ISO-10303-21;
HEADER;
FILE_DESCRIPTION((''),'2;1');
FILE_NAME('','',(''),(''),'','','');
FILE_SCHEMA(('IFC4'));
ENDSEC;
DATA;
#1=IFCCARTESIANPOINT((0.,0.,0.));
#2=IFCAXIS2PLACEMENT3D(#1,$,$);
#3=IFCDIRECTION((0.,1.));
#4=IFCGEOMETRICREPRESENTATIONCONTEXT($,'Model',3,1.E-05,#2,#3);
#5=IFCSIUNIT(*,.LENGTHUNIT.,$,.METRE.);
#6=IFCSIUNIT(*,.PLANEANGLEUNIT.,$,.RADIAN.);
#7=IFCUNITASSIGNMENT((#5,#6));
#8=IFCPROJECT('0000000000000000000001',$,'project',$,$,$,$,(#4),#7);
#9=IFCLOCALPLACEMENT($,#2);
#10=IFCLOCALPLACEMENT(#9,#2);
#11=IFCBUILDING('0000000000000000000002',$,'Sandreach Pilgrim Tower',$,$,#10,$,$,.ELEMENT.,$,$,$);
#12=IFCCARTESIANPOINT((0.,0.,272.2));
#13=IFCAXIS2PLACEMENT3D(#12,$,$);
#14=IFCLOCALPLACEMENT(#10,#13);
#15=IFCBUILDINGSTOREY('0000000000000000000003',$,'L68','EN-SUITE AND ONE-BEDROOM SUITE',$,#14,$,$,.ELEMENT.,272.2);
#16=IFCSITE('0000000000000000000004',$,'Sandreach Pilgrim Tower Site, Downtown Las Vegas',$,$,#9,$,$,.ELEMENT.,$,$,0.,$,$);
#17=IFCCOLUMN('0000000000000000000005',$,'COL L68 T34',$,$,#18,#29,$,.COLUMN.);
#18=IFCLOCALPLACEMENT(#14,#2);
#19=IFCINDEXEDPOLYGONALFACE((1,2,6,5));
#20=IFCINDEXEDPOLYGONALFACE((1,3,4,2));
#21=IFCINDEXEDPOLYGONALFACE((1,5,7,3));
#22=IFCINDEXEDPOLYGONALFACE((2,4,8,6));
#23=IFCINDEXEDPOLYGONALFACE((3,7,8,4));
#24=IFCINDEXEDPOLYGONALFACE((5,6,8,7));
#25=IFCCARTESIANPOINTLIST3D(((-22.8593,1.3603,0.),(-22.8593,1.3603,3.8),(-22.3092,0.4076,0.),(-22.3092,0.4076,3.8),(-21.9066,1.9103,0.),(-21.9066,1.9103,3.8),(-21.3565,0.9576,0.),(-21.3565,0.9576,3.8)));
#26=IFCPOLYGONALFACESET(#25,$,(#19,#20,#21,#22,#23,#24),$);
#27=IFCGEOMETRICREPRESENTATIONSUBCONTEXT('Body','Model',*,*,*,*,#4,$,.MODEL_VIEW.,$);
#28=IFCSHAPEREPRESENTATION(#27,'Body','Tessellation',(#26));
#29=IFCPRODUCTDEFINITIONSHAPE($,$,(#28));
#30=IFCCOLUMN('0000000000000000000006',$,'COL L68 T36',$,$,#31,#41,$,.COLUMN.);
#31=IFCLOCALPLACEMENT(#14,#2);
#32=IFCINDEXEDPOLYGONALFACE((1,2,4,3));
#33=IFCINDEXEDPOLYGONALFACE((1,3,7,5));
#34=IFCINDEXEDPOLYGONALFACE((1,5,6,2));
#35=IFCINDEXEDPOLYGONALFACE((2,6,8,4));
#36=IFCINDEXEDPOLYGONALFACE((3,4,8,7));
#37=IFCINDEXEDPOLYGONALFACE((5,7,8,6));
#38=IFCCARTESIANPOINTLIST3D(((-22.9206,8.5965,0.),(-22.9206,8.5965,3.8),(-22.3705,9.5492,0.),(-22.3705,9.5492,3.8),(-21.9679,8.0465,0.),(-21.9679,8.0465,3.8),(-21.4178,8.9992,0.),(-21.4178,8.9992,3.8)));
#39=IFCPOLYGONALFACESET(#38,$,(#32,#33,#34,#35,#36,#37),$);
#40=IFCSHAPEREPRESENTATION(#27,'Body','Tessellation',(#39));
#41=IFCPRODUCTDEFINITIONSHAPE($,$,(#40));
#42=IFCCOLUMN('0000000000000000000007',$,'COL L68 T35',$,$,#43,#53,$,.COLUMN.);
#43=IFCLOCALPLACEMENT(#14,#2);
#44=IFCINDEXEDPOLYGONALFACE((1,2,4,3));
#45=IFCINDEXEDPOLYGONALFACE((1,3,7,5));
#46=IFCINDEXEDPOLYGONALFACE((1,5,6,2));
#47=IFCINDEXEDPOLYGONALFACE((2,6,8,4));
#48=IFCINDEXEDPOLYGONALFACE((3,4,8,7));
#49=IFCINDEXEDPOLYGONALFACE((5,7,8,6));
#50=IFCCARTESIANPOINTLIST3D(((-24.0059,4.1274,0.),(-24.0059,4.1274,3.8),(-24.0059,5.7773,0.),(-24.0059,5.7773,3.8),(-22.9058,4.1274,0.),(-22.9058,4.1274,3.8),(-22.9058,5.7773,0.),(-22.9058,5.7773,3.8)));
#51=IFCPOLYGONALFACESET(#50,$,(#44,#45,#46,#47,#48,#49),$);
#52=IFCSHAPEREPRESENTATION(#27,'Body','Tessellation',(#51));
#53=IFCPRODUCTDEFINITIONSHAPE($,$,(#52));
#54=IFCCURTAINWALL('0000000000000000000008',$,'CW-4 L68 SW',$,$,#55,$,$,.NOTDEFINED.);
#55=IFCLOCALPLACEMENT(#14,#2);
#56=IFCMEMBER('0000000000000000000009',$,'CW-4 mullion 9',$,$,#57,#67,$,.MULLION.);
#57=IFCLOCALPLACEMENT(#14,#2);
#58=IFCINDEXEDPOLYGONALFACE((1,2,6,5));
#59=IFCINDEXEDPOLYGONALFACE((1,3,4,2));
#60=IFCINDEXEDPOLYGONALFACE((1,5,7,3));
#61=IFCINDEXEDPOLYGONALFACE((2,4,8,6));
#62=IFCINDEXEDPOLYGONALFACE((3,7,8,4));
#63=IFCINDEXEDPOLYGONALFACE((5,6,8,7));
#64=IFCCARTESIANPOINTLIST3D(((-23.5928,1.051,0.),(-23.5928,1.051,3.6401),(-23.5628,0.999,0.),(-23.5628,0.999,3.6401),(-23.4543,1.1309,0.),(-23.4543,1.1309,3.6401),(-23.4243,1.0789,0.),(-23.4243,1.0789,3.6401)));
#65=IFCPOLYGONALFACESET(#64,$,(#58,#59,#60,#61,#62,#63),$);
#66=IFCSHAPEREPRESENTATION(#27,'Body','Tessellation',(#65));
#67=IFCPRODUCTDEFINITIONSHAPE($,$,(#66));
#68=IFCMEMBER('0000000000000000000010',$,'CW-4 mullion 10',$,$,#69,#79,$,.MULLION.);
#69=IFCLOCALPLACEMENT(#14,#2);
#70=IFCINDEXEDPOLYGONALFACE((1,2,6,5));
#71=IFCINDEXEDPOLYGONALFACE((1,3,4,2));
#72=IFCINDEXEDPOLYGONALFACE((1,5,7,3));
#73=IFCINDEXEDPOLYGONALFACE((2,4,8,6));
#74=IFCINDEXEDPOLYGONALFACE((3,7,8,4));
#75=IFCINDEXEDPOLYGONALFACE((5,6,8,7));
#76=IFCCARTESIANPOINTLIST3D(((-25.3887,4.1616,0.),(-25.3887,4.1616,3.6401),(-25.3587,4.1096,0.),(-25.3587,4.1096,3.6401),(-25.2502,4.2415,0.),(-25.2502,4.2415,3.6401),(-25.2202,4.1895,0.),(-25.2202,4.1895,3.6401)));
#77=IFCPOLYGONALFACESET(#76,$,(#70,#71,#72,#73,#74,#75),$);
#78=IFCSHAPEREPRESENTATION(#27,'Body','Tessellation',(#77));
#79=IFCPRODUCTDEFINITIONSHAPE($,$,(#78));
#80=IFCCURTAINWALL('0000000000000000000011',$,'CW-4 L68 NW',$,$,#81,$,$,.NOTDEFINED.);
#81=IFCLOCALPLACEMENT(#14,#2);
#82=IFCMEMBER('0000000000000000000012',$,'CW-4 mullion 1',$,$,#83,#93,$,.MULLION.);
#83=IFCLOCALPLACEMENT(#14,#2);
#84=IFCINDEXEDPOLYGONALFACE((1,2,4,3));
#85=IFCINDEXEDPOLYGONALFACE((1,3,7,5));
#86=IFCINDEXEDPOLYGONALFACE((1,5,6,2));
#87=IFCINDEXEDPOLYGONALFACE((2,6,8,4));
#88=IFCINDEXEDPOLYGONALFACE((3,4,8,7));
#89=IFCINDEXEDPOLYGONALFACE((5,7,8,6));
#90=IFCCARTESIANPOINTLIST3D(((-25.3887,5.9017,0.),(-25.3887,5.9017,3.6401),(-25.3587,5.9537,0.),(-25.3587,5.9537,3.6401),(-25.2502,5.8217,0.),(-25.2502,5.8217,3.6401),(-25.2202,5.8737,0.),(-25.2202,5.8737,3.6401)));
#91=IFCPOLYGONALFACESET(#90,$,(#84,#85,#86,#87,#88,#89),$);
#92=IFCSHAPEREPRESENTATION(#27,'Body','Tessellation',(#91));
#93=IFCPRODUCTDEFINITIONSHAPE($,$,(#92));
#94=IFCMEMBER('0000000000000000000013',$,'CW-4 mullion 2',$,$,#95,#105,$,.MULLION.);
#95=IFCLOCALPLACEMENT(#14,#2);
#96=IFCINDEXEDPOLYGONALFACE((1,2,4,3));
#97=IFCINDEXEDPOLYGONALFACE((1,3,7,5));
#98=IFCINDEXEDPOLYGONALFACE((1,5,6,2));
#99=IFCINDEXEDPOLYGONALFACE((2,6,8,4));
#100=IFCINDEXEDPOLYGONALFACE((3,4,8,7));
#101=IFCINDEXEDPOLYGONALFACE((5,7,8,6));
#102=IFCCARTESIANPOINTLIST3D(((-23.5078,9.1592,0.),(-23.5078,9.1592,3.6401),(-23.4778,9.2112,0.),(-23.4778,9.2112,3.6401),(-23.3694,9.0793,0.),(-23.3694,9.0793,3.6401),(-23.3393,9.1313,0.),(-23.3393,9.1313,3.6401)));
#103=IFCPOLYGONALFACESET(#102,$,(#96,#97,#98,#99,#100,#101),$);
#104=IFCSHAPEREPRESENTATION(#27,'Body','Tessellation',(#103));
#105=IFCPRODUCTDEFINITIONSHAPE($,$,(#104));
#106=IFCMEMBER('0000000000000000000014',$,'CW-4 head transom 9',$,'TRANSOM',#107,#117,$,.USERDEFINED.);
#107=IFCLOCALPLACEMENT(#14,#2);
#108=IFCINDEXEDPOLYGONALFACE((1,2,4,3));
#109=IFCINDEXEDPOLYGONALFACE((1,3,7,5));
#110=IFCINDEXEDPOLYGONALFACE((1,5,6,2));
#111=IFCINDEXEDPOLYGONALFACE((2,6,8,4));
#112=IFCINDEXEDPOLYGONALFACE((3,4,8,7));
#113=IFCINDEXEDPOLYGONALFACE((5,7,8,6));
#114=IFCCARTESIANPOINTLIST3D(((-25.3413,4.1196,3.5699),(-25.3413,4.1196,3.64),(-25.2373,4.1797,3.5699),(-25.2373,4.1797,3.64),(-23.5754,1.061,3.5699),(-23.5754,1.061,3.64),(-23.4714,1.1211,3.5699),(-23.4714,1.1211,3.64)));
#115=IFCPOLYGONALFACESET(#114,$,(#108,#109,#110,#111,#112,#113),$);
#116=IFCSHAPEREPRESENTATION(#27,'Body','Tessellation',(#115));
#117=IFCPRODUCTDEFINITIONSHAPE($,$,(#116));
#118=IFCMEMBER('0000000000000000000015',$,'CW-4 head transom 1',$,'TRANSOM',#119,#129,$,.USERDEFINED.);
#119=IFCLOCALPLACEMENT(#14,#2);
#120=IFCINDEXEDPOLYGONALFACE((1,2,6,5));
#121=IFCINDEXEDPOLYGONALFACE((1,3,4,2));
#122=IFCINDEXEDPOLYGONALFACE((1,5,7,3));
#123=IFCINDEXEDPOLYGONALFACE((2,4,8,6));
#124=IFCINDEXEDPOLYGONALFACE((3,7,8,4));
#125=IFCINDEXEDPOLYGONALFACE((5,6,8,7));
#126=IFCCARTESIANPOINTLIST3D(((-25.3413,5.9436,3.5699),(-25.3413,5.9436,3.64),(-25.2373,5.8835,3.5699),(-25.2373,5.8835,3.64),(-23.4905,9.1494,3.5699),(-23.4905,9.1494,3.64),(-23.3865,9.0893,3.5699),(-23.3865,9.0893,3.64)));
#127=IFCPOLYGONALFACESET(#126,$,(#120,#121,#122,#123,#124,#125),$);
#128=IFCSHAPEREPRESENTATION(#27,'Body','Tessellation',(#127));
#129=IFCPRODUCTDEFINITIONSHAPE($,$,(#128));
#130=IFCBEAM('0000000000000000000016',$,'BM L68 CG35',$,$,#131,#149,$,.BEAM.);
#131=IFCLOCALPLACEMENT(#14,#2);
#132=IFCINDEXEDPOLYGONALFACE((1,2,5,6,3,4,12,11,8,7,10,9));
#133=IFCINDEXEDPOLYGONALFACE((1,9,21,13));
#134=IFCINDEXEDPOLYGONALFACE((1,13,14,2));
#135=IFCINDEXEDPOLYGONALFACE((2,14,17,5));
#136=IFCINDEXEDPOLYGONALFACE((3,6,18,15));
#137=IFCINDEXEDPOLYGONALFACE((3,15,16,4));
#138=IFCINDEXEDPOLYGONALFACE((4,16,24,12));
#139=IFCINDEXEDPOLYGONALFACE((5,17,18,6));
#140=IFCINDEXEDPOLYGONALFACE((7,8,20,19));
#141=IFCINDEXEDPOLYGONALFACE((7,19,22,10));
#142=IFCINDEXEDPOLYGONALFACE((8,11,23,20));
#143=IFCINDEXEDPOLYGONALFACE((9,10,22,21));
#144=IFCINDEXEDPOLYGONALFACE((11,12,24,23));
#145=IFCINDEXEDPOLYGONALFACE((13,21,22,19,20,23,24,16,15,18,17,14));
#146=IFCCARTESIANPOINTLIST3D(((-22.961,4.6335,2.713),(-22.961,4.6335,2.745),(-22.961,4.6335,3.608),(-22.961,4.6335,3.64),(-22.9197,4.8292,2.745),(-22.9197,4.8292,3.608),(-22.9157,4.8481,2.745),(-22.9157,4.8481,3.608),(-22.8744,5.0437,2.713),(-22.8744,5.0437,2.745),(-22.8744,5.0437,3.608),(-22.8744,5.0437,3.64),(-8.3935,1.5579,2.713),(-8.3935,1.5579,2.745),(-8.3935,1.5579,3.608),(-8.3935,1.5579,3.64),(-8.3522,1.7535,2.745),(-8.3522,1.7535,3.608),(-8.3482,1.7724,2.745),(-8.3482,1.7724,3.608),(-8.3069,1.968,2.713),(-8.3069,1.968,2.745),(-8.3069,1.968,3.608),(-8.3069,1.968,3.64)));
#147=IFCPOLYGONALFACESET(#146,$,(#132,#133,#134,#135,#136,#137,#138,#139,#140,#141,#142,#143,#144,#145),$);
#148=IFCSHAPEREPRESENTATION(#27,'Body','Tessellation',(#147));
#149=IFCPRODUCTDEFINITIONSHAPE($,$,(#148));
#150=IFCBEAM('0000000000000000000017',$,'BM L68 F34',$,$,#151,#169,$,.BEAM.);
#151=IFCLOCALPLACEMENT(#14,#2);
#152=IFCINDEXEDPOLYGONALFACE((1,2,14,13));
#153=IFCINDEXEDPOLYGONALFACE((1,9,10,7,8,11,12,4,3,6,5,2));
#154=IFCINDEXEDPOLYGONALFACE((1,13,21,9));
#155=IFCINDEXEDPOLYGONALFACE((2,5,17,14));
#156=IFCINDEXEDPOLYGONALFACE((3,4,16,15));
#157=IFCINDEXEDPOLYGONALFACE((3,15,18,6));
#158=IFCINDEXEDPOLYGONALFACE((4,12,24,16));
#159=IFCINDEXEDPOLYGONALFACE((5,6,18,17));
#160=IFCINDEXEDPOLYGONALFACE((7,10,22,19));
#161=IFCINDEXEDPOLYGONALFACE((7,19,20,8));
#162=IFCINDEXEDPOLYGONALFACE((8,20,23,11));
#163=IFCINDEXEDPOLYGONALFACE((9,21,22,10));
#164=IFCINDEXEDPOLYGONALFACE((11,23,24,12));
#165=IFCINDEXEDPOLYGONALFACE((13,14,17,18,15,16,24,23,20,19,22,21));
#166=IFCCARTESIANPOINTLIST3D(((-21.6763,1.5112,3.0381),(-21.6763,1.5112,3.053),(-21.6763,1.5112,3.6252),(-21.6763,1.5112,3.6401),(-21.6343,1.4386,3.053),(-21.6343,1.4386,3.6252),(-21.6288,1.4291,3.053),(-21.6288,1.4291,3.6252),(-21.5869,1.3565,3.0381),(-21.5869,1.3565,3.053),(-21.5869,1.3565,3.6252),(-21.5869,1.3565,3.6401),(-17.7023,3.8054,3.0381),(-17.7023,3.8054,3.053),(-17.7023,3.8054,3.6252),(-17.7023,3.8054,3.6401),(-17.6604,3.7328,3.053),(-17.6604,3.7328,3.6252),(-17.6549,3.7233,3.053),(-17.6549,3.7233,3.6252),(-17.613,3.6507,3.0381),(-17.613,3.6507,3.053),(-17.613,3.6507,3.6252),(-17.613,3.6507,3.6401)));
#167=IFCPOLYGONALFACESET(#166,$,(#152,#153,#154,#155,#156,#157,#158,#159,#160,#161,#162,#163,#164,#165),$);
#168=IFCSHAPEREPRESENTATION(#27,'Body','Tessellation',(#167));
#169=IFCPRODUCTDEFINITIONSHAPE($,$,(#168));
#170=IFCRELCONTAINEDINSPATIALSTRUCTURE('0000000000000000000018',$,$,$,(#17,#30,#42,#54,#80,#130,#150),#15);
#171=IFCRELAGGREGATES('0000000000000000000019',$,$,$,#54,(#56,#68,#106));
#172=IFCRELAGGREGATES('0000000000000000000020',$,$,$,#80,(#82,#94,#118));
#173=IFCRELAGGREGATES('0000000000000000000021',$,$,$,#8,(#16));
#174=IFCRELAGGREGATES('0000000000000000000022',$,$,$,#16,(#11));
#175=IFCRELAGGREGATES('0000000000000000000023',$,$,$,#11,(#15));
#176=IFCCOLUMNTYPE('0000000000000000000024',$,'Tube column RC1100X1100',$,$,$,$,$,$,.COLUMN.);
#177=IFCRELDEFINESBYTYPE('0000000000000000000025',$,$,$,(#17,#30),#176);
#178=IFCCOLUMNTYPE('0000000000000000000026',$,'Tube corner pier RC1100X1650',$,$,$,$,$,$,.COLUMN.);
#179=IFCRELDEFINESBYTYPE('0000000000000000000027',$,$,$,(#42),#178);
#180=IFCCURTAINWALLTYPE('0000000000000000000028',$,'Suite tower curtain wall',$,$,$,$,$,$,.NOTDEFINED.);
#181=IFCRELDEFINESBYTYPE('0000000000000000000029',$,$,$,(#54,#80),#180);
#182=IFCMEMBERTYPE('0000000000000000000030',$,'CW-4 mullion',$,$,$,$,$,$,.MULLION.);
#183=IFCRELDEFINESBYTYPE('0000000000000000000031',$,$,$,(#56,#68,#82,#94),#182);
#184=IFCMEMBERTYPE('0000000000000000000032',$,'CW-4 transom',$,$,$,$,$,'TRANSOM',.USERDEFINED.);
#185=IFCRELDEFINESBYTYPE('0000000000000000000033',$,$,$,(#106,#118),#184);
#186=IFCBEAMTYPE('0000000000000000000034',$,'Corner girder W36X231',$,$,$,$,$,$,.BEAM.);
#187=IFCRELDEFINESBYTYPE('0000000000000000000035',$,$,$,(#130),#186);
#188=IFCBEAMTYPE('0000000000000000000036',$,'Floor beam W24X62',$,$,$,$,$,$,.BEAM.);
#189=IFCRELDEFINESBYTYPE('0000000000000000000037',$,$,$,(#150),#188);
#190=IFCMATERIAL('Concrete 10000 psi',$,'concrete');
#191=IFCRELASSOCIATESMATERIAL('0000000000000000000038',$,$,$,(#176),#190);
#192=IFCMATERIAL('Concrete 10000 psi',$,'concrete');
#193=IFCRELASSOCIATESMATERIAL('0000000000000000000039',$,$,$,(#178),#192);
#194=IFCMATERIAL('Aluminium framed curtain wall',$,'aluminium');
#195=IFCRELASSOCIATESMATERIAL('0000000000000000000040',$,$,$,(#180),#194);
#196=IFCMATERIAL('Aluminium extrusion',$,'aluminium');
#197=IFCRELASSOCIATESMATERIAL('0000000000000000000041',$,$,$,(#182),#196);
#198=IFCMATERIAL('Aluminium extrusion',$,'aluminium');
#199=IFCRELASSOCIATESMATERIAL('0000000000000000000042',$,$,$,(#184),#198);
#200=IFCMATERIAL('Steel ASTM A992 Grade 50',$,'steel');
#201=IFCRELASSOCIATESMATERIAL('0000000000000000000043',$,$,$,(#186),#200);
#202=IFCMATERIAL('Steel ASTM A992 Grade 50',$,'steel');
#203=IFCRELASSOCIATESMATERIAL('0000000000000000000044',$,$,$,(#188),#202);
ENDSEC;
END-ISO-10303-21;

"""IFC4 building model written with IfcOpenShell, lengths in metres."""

from ifc_helpers import new_model, si_unit, direction, frame, origin, origin_2d, place, context, subcontext, project, spatial, rectangle, i_section, extrude, material, material_profile, profile_set, type_object, element, aggregate, save


model = new_model("IFC4")

# Units and contexts
model_context = context("Model", 3, precision=1e-05, world=origin(), true_north=direction((0.0, 1.0)))
body_context = subcontext(model_context, "Body", "Model", "MODEL_VIEW")
ifc_project = project(units=[si_unit("LENGTHUNIT", "METRE"), si_unit("PLANEANGLEUNIT", "RADIAN")], contexts=[model_context])

# Site, building, storey
site_placement = place(None, origin())
site = spatial("IfcSite", under=ifc_project, at=site_placement, Name="Sandreach Pilgrim Tower Site, Downtown Las Vegas", CompositionType="ELEMENT", RefElevation=0.0)
building_placement = place(site_placement, origin())
building = spatial("IfcBuilding", under=site, at=building_placement, Name="Sandreach Pilgrim Tower", CompositionType="ELEMENT")
storey_placement = place(building_placement, frame((0.0, 0.0, 272.2)))
storey = spatial("IfcBuildingStorey", under=building, at=storey_placement, Name="L68", Description="EN-SUITE AND ONE-BEDROOM SUITE", CompositionType="ELEMENT", Elevation=272.2)

# Columns
ifc_material_1 = material(Name="Concrete 10000 psi", Category="concrete")
ifc_material_profile_1 = material_profile(ifc_material_1, rectangle(XDim=1.1001, YDim=1.1001, at=origin_2d()), Name="RC1100X1100")
ifc_profile_set_1 = profile_set([ifc_material_profile_1], Name="Concrete 10000 psi")
column_type_1 = type_object("IfcColumnType", Name="Tube column RC1100X1100", PredefinedType="COLUMN", material=ifc_profile_set_1)
for number, where, z_axis, x_axis, name in (
    (1, (-22.1079, 1.1589, 0.0), (0.0, 0.0, 1.0), (-0.866025, -0.5, 0.0), "COL L68 T34"),
    (2, (-22.1692, 8.7979, 0.0), (0.0, 0.0, 1.0), (-0.866025, 0.5, 0.0), "COL L68 T36"),
):
    element("IfcColumn", number, at=place(storey_placement, frame(where, z_axis=z_axis, x_axis=x_axis)), inside=storey, type_object=column_type_1, Name=name, PredefinedType="COLUMN", context=body_context, shape_type="SweptSolid", body=[
        extrude(rectangle(XDim=1.1001, YDim=1.1001, at=origin_2d()), origin(), (0.0, 0.0, 1.0), 3.8),
    ])
ifc_material_2 = material(Name="Concrete 10000 psi", Category="concrete")
ifc_material_profile_2 = material_profile(ifc_material_2, rectangle(XDim=1.1001, YDim=1.6499, at=origin_2d()), Name="RC1100X1650")
ifc_profile_set_2 = profile_set([ifc_material_profile_2], Name="Concrete 10000 psi")
column_type_2 = type_object("IfcColumnType", Name="Tube corner pier RC1100X1650", PredefinedType="COLUMN", material=ifc_profile_set_2)
column_placement = place(storey_placement, frame((-23.4558, 4.9524, 0.0), z_axis=(0.0, 0.0, 1.0), x_axis=(-1.0, 0.0, 0.0)))
element("IfcColumn", 3, at=column_placement, inside=storey, type_object=column_type_2, Name="COL L68 T35", PredefinedType="COLUMN", context=body_context, shape_type="SweptSolid", body=[
    extrude(rectangle(XDim=1.1001, YDim=1.6499, at=origin_2d()), origin(), (0.0, 0.0, 1.0), 3.8),
])

# Curtain walls, members
ifc_material_3 = material(Name="Aluminium framed curtain wall", Category="aluminium")
curtain_wall_type = type_object("IfcCurtainWallType", Name="Suite tower curtain wall", PredefinedType="NOTDEFINED", material=ifc_material_3)
curtain_wall_1_placement = place(storey_placement, origin())
curtain_wall_1 = element("IfcCurtainWall", 4, at=curtain_wall_1_placement, inside=storey, type_object=curtain_wall_type, Name="CW-4 L68 SW", PredefinedType="NOTDEFINED")
ifc_material_4 = material(Name="Aluminium extrusion", Category="aluminium")
ifc_material_profile_3 = material_profile(ifc_material_4, rectangle(XDim=0.0601, YDim=0.1599, at=origin_2d()), Name="CW-4M 60X160")
ifc_profile_set_3 = profile_set([ifc_material_profile_3], Name="Aluminium extrusion")
member_type_1 = type_object("IfcMemberType", Name="CW-4 mullion", PredefinedType="MULLION", material=ifc_profile_set_3)
member_1_placement = place(storey_placement, frame((-23.5085, 1.0649, 0.0), z_axis=(0.0, 0.0, 1.0), x_axis=(-0.5, 0.866025, 0.0)))
member_1 = element("IfcMember", 5, at=member_1_placement, type_object=member_type_1, Name="CW-4 mullion 9", PredefinedType="MULLION", context=body_context, shape_type="SweptSolid", body=[
    extrude(rectangle(XDim=0.0601, YDim=0.1599, at=origin_2d()), origin(), (0.0, 0.0, 1.0), 3.6401),
])
member_2_placement = place(storey_placement, frame((-25.3044, 4.1755, 0.0), z_axis=(0.0, 0.0, 1.0), x_axis=(-0.5, 0.866025, 0.0)))
member_2 = element("IfcMember", 6, at=member_2_placement, type_object=member_type_1, Name="CW-4 mullion 10", PredefinedType="MULLION", context=body_context, shape_type="SweptSolid", body=[
    extrude(rectangle(XDim=0.0601, YDim=0.1599, at=origin_2d()), origin(), (0.0, 0.0, 1.0), 3.6401),
])
curtain_wall_2_placement = place(storey_placement, origin())
curtain_wall_2 = element("IfcCurtainWall", 7, at=curtain_wall_2_placement, inside=storey, type_object=curtain_wall_type, Name="CW-4 L68 NW", PredefinedType="NOTDEFINED")
member_3_placement = place(storey_placement, frame((-25.3044, 5.8877, 0.0), z_axis=(0.0, 0.0, 1.0), x_axis=(0.5, 0.866025, 0.0)))
member_3 = element("IfcMember", 8, at=member_3_placement, type_object=member_type_1, Name="CW-4 mullion 1", PredefinedType="MULLION", context=body_context, shape_type="SweptSolid", body=[
    extrude(rectangle(XDim=0.0601, YDim=0.1599, at=origin_2d()), origin(), (0.0, 0.0, 1.0), 3.6401),
])
member_4_placement = place(storey_placement, frame((-23.4236, 9.1453, 0.0), z_axis=(0.0, 0.0, 1.0), x_axis=(0.5, 0.866025, 0.0)))
member_4 = element("IfcMember", 9, at=member_4_placement, type_object=member_type_1, Name="CW-4 mullion 2", PredefinedType="MULLION", context=body_context, shape_type="SweptSolid", body=[
    extrude(rectangle(XDim=0.0601, YDim=0.1599, at=origin_2d()), origin(), (0.0, 0.0, 1.0), 3.6401),
])

# Members
ifc_material_5 = material(Name="Aluminium extrusion", Category="aluminium")
ifc_material_profile_4 = material_profile(ifc_material_5, rectangle(XDim=0.1201, YDim=0.0701, at=origin_2d()), Name="CW-4T 120X70")
ifc_profile_set_4 = profile_set([ifc_material_profile_4], Name="Aluminium extrusion")
member_type_2 = type_object("IfcMemberType", Name="CW-4 transom", ElementType="TRANSOM", PredefinedType="USERDEFINED", material=ifc_profile_set_4)
member_5_placement = place(storey_placement, frame((-23.5234, 1.0911, 3.605), z_axis=(-0.499998, 0.866027, 0.0), x_axis=(-0.866027, -0.499998, 0.0)))
member_5 = element("IfcMember", 10, at=member_5_placement, type_object=member_type_2, Name="CW-4 head transom 9", ObjectType="TRANSOM", PredefinedType="USERDEFINED", context=body_context, shape_type="SweptSolid", body=[
    extrude(rectangle(XDim=0.1201, YDim=0.0701, at=origin_2d()), origin(), (0.0, 0.0, 1.0), 3.5317),
])
member_6_placement = place(storey_placement, frame((-25.2893, 5.9136, 3.605), z_axis=(0.499991, 0.866031, 0.0), x_axis=(-0.866031, 0.499991, 0.0)))
member_6 = element("IfcMember", 11, at=member_6_placement, type_object=member_type_2, Name="CW-4 head transom 1", ObjectType="TRANSOM", PredefinedType="USERDEFINED", context=body_context, shape_type="SweptSolid", body=[
    extrude(rectangle(XDim=0.1201, YDim=0.0701, at=origin_2d()), origin(), (0.0, 0.0, 1.0), 3.7017),
])

# Beams
ifc_material_6 = material(Name="Steel ASTM A992 Grade 50", Category="steel")
ifc_material_profile_5 = material_profile(ifc_material_6, i_section(OverallWidth=0.4192, OverallDepth=0.927, WebThickness=0.0193, FlangeThickness=0.032, at=origin_2d()), Name="W36X231")
ifc_profile_set_5 = profile_set([ifc_material_profile_5], Name="Steel ASTM A992 Grade 50")
beam_type_1 = type_object("IfcBeamType", Name="Corner girder W36X231", PredefinedType="BEAM", material=ifc_profile_set_5)
beam_1_placement = place(storey_placement, frame((-22.9177, 4.8386, 3.1765), z_axis=(0.97843, -0.206577, 0.0), x_axis=(0.206577, 0.97843, 0.0)))
element("IfcBeam", 12, at=beam_1_placement, inside=storey, type_object=beam_type_1, Name="BM L68 CG35", PredefinedType="BEAM", context=body_context, shape_type="SweptSolid", body=[
    extrude(i_section(OverallWidth=0.4192, OverallDepth=0.927, WebThickness=0.0193, FlangeThickness=0.032, at=origin_2d()), origin(), (0.0, 0.0, 1.0), 14.8887),
])
ifc_material_7 = material(Name="Steel ASTM A992 Grade 50", Category="steel")
ifc_material_profile_6 = material_profile(ifc_material_7, i_section(OverallWidth=0.1787, OverallDepth=0.6021, WebThickness=0.011, FlangeThickness=0.0149, at=origin_2d()), Name="W24X62")
ifc_profile_set_6 = profile_set([ifc_material_profile_6], Name="Steel ASTM A992 Grade 50")
beam_type_2 = type_object("IfcBeamType", Name="Floor beam W24X62", PredefinedType="BEAM", material=ifc_profile_set_6)
beam_2_placement = place(storey_placement, frame((-21.6316, 1.4338, 3.3391), z_axis=(0.866038, 0.499979, 0.0), x_axis=(-0.499979, 0.866038, 0.0)))
element("IfcBeam", 13, at=beam_2_placement, inside=storey, type_object=beam_type_2, Name="BM L68 F34", PredefinedType="BEAM", context=body_context, shape_type="SweptSolid", body=[
    extrude(i_section(OverallWidth=0.1787, OverallDepth=0.6021, WebThickness=0.011, FlangeThickness=0.0149, at=origin_2d()), origin(), (0.0, 0.0, 1.0), 4.5886),
])

aggregate(curtain_wall_1, [member_1, member_2, member_5])
aggregate(curtain_wall_2, [member_3, member_4, member_6])

save(model, "model.ifc")
